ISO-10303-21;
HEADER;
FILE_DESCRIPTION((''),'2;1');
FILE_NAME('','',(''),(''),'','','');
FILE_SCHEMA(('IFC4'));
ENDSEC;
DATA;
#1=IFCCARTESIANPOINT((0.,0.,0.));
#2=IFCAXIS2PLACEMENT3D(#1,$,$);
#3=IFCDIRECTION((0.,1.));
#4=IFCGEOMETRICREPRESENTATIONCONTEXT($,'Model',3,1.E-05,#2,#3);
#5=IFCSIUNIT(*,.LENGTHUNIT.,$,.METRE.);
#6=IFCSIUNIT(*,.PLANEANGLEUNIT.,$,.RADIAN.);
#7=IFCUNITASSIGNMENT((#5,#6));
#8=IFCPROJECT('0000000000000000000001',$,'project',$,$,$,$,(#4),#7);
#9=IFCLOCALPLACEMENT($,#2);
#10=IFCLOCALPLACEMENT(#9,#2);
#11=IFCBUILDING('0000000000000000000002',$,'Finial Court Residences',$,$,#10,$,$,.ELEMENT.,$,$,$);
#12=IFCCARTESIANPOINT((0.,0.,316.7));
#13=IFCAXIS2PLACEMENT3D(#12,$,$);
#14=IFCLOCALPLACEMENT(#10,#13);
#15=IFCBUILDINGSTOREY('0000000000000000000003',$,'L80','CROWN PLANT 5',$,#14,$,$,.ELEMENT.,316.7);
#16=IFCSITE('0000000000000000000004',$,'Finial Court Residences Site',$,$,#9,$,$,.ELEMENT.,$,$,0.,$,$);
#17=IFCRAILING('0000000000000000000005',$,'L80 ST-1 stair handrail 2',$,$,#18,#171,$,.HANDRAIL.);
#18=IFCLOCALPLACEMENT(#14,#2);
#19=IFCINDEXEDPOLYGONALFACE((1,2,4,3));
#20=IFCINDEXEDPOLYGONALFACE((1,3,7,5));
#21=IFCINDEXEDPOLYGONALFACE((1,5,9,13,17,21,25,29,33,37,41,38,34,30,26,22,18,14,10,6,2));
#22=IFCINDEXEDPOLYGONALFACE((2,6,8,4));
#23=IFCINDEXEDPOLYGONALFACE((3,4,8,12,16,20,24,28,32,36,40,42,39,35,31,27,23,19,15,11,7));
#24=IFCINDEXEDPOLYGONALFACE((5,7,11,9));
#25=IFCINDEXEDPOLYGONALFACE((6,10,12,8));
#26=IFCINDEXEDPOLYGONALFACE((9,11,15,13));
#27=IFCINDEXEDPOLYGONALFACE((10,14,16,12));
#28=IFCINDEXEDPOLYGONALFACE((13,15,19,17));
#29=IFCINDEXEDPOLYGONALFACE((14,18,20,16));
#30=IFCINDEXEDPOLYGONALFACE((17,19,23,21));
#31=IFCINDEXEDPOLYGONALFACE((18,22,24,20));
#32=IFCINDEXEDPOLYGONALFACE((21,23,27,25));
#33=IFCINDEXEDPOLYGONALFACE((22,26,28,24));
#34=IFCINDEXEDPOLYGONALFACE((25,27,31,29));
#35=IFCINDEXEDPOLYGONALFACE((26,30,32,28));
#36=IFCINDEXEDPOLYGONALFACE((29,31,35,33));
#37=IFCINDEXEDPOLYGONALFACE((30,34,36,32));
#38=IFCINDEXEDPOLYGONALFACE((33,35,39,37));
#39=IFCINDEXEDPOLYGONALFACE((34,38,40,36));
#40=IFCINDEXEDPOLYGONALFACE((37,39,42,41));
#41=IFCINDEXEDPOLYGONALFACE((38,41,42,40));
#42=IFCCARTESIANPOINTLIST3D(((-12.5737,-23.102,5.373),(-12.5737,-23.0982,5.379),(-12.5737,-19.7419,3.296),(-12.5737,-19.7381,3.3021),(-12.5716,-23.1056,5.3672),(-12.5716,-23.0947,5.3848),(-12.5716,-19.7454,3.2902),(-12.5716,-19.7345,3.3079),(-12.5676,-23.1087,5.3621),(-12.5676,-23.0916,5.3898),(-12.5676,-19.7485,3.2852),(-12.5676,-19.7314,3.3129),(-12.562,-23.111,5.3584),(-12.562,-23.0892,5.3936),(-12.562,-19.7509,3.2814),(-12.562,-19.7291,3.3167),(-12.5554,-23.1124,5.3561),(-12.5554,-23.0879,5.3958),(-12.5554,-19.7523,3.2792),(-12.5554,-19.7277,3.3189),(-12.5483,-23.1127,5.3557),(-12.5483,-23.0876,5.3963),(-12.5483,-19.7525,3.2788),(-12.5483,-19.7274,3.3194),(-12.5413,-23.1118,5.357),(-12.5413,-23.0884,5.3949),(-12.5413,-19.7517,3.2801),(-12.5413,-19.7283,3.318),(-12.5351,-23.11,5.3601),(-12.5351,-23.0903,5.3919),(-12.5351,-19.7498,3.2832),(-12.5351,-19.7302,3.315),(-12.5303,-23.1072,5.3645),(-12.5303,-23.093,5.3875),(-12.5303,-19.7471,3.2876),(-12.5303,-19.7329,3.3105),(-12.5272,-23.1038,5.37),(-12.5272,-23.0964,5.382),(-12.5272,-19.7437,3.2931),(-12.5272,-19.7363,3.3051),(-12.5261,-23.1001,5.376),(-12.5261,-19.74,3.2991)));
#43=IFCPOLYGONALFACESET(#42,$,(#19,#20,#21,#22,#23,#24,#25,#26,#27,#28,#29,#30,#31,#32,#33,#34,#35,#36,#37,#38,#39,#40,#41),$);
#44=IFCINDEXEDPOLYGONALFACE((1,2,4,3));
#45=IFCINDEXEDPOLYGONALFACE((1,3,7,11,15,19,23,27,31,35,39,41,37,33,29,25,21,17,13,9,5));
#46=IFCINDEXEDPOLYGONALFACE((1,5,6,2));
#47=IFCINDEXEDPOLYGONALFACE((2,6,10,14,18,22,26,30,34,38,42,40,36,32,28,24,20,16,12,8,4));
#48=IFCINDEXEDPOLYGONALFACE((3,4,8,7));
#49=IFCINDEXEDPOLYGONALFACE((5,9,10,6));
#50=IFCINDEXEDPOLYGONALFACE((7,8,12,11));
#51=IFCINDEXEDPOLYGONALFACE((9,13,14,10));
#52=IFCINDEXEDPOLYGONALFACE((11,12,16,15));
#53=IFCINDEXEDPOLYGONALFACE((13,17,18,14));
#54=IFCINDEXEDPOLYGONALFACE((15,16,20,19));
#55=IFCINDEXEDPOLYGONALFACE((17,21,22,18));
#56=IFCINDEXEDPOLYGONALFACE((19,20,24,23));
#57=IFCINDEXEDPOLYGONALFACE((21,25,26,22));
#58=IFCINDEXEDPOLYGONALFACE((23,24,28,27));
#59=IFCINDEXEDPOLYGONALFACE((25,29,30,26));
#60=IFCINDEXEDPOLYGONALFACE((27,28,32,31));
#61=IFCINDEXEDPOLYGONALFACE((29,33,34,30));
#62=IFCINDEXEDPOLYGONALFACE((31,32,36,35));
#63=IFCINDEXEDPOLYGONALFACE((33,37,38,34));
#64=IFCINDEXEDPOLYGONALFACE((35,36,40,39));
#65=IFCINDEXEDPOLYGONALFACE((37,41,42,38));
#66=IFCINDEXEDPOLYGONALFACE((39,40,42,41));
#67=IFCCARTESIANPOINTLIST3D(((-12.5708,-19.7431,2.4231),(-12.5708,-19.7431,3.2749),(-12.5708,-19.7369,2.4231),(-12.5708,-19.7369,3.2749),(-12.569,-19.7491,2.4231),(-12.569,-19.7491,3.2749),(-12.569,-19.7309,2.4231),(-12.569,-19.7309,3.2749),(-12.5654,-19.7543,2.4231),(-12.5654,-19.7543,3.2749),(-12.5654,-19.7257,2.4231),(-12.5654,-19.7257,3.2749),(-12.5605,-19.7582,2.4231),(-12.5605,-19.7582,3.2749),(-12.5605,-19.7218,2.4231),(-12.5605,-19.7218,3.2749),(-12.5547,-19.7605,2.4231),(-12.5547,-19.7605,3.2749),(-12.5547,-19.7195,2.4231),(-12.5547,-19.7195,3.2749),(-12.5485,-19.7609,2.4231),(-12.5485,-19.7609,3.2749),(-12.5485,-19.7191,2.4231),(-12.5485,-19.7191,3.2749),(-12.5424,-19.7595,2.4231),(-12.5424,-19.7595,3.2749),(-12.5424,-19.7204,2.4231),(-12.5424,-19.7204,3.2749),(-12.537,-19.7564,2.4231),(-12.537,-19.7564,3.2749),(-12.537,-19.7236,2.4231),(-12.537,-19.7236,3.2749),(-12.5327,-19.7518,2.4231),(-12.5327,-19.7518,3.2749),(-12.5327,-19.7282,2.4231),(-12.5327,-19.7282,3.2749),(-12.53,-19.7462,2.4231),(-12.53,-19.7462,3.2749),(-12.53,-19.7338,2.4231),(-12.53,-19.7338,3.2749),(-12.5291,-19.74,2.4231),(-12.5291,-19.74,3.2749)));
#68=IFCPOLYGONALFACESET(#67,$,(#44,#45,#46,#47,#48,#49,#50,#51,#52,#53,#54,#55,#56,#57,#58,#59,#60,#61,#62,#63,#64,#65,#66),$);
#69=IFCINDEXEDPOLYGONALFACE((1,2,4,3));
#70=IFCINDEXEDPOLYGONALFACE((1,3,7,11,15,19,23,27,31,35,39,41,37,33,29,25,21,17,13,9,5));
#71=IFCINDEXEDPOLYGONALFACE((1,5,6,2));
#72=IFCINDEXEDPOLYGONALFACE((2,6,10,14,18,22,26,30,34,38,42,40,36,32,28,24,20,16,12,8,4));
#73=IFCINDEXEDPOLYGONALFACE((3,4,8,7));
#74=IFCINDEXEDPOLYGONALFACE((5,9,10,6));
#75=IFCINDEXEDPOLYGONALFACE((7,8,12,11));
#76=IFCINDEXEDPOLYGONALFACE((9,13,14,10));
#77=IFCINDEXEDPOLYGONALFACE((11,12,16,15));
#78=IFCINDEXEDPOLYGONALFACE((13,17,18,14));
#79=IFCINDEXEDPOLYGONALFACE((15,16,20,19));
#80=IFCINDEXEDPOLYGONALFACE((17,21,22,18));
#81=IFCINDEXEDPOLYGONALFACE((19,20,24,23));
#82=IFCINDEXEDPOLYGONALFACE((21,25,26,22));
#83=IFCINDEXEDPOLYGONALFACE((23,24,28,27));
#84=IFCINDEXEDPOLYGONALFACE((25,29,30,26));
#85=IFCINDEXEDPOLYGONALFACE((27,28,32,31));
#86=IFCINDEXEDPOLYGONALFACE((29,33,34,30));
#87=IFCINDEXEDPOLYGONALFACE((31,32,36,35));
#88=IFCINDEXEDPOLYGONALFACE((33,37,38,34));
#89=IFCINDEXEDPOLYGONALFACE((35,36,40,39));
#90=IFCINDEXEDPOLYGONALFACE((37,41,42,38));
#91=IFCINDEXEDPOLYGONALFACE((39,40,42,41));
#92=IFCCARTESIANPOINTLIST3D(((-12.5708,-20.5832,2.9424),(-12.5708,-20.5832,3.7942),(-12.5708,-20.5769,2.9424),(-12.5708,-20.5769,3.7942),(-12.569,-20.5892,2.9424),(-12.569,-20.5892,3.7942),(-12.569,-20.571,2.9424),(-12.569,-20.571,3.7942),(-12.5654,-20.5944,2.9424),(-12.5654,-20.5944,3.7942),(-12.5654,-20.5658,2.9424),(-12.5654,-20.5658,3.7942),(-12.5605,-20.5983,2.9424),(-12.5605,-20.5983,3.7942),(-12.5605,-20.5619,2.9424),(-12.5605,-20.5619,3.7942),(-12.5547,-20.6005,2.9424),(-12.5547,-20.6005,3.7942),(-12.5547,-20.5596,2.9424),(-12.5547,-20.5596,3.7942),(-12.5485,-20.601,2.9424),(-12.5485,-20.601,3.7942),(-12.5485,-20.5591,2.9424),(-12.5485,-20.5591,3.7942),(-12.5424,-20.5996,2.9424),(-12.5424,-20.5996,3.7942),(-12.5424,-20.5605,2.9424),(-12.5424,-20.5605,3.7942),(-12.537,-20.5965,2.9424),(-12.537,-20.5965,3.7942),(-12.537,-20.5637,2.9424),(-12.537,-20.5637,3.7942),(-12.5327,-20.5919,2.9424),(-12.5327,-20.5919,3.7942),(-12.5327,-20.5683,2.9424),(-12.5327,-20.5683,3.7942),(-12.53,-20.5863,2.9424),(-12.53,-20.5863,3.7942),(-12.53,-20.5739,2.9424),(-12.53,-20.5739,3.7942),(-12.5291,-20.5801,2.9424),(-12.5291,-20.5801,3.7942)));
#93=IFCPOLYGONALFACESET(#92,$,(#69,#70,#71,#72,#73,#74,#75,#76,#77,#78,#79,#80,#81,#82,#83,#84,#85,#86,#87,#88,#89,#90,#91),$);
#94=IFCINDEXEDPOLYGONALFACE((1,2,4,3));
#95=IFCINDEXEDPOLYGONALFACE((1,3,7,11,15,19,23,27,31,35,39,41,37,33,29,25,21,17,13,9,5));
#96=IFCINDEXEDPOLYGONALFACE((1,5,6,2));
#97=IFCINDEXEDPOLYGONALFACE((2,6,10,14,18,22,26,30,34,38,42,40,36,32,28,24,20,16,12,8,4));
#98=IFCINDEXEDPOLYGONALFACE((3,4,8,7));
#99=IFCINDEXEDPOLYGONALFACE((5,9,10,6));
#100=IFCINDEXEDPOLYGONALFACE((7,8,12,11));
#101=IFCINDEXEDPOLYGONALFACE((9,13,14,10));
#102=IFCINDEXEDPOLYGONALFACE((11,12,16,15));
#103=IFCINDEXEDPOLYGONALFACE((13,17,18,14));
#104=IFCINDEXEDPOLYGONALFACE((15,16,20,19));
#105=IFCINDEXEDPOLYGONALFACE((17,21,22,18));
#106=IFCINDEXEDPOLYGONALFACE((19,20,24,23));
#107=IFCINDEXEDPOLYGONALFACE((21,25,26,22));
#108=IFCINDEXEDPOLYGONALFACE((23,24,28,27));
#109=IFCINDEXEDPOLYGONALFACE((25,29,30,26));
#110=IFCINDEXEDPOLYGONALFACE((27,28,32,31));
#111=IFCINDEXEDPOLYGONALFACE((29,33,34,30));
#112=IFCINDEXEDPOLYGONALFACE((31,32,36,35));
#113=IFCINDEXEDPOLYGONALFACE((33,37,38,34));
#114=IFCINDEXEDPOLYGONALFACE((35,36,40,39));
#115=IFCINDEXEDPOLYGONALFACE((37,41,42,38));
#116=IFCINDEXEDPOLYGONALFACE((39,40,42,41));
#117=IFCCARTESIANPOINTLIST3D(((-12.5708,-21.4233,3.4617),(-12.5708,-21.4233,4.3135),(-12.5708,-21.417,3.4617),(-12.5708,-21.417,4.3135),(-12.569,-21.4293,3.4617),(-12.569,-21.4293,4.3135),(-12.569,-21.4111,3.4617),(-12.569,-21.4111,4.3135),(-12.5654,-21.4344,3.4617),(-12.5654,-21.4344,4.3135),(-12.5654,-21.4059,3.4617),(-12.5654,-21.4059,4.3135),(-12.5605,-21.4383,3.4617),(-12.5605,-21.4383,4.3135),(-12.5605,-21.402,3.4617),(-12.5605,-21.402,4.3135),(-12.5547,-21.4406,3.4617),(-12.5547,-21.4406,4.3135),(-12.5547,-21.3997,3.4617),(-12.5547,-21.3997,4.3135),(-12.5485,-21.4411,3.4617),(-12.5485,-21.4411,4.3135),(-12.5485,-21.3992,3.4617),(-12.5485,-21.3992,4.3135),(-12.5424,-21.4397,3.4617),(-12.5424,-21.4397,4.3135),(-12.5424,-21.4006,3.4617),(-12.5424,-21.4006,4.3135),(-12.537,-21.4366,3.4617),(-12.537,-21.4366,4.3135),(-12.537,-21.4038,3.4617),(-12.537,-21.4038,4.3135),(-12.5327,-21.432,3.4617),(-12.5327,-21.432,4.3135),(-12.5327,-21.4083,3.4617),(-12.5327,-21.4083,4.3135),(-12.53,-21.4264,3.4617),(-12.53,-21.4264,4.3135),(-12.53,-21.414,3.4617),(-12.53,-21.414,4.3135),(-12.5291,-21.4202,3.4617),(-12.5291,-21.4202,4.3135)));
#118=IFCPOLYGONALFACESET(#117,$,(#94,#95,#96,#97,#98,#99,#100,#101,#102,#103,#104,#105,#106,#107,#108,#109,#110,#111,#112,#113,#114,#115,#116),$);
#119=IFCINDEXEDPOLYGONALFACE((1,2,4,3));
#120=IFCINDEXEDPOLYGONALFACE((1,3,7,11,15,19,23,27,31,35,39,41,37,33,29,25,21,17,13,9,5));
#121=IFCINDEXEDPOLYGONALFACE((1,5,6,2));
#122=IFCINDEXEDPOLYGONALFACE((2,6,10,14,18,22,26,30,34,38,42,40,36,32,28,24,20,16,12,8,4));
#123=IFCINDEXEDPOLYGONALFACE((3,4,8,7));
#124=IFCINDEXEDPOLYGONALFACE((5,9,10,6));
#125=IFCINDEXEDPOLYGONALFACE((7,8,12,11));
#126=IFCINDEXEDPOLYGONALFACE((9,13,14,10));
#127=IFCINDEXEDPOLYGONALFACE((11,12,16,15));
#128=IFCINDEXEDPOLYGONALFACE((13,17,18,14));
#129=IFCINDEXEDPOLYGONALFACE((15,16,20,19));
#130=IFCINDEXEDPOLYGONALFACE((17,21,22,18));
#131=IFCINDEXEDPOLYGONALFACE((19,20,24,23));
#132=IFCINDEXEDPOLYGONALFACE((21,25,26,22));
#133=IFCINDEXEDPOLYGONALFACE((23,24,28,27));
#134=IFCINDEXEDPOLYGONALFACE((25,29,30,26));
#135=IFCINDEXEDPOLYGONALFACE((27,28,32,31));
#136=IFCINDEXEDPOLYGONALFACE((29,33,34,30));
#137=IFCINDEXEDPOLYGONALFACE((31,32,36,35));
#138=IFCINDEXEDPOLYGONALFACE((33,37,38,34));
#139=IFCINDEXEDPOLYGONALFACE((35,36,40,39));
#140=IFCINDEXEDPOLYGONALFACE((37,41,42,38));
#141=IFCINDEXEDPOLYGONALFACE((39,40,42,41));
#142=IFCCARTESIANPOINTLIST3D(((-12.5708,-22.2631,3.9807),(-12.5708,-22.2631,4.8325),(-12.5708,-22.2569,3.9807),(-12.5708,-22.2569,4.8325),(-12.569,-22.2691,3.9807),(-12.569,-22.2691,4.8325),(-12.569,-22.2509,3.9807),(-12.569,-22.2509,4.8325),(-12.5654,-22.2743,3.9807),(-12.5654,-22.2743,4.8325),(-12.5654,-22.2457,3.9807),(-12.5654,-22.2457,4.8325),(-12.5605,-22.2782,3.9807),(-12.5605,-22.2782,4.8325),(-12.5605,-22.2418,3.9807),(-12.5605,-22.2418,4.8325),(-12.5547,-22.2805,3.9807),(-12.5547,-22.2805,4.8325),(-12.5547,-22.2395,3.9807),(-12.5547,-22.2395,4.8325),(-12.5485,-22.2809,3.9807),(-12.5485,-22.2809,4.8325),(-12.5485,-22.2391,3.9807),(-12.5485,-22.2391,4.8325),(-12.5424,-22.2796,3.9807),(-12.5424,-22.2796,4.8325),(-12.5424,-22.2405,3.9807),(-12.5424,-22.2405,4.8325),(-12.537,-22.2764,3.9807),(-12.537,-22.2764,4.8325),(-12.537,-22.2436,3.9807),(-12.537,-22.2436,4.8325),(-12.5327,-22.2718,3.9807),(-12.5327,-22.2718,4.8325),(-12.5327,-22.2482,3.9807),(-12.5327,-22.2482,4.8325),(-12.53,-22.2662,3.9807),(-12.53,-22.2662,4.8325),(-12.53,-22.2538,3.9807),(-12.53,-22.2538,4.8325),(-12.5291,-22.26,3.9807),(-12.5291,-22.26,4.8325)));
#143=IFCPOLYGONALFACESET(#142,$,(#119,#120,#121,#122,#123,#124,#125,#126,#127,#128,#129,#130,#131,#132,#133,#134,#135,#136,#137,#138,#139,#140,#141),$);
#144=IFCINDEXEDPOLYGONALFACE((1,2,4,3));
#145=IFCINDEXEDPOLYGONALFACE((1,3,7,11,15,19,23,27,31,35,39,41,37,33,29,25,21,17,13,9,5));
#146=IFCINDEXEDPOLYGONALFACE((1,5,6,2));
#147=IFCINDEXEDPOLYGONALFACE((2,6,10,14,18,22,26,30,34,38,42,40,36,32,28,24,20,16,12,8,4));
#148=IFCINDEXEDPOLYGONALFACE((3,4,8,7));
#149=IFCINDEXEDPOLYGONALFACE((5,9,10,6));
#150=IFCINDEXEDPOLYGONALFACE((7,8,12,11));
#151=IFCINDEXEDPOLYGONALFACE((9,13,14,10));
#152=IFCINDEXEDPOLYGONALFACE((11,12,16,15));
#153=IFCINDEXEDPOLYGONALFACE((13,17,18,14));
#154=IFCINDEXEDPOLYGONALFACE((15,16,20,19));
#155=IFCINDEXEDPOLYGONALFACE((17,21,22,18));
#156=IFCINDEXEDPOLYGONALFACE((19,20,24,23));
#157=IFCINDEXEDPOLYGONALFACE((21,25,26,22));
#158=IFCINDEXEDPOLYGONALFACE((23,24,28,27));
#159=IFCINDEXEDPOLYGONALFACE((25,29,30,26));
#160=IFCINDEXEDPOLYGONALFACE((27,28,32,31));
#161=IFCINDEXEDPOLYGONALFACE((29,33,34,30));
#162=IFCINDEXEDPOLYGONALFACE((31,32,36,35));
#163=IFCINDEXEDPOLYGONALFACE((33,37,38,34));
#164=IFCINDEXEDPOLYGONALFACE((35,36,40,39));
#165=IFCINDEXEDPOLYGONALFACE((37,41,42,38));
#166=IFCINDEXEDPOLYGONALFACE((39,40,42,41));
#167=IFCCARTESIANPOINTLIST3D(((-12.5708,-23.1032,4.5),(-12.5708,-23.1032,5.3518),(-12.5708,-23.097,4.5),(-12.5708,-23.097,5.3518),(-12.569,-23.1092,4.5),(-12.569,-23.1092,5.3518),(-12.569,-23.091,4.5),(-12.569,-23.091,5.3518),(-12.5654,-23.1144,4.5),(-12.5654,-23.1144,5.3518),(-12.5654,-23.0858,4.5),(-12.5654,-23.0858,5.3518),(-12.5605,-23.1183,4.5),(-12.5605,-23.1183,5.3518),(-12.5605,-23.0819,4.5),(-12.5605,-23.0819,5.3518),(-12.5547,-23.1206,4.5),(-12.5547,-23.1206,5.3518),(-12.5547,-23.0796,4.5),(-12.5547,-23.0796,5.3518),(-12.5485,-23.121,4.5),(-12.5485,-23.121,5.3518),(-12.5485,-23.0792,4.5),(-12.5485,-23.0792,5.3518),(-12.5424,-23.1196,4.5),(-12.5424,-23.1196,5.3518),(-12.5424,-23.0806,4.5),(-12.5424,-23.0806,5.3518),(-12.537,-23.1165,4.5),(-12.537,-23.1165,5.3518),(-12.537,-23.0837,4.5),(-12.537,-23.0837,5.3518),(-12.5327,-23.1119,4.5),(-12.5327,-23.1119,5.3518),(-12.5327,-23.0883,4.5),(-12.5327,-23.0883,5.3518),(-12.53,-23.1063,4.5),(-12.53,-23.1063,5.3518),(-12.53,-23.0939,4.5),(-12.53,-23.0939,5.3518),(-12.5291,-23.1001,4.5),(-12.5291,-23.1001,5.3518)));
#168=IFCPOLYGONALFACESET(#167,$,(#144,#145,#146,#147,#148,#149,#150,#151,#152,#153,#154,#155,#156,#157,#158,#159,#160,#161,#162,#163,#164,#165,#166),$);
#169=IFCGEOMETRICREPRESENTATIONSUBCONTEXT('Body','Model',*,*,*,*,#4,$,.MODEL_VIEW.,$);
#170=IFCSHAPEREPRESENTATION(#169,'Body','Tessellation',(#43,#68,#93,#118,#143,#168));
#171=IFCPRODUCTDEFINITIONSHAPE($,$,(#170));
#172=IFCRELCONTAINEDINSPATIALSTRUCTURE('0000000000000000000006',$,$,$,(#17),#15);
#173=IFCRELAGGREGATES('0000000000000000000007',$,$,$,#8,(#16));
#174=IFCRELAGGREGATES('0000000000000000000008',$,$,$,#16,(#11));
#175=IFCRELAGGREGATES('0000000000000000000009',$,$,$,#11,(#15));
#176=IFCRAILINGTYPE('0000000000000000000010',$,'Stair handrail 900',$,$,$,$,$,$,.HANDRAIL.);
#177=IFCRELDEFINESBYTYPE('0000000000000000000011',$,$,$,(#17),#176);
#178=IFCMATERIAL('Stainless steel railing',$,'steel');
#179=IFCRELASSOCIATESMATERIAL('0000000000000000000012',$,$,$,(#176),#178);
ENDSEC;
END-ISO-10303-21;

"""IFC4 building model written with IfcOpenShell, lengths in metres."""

from ifc_helpers import new_model, si_unit, direction, frame, origin, origin_2d, place, context, subcontext, project, spatial, circle, extrude, material, type_object, element, save


model = new_model("IFC4")

# Units and contexts
model_context = context("Model", 3, precision=1e-05, world=origin(), true_north=direction((0.0, 1.0)))
body_context = subcontext(model_context, "Body", "Model", "MODEL_VIEW")
ifc_project = project(units=[si_unit("LENGTHUNIT", "METRE"), si_unit("PLANEANGLEUNIT", "RADIAN")], contexts=[model_context])

# Site, building, storey
site_placement = place(None, origin())
site = spatial("IfcSite", under=ifc_project, at=site_placement, Name="Finial Court Residences Site", CompositionType="ELEMENT", RefElevation=0.0)
building_placement = place(site_placement, origin())
building = spatial("IfcBuilding", under=site, at=building_placement, Name="Finial Court Residences", CompositionType="ELEMENT")
storey_placement = place(building_placement, frame((0.0, 0.0, 316.7)))
storey = spatial("IfcBuildingStorey", under=building, at=storey_placement, Name="L80", Description="CROWN PLANT 5", CompositionType="ELEMENT", Elevation=316.7)

# Railing
ifc_material_1 = material(Name="Stainless steel railing", Category="steel")
railing_type = type_object("IfcRailingType", Name="Stair handrail 900", PredefinedType="HANDRAIL", material=ifc_material_1)
railing_placement = place(storey_placement, frame((-12.55, -19.74, 2.4231)))
element("IfcRailing", 1, at=railing_placement, inside=storey, type_object=railing_type, Name="L80 ST-1 stair handrail 2", PredefinedType="HANDRAIL", context=body_context, shape_type="SweptSolid", body=[
    extrude(circle(Radius=0.0239, at=origin_2d()), frame((0.0, 0.0, 0.876), z_axis=(0.0, -0.850623, 0.525776), x_axis=(1.0, 0.0, 0.0)), (0.0, 0.0, 1.0), 3.9502),
    extrude(circle(Radius=0.021, at=origin_2d()), origin(), (0.0, 0.0, 1.0), 0.8518),
    extrude(circle(Radius=0.021, at=origin_2d()), frame((0.0, -0.8401, 0.5193)), (0.0, 0.0, 1.0), 0.8518),
    extrude(circle(Radius=0.021, at=origin_2d()), frame((0.0, -1.6802, 1.0386)), (0.0, 0.0, 1.0), 0.8518),
    extrude(circle(Radius=0.021, at=origin_2d()), frame((0.0, -2.52, 1.5576)), (0.0, 0.0, 1.0), 0.8518),
    extrude(circle(Radius=0.021, at=origin_2d()), frame((0.0, -3.3601, 2.0769)), (0.0, 0.0, 1.0), 0.8518),
])

save(model, "model.ifc")
